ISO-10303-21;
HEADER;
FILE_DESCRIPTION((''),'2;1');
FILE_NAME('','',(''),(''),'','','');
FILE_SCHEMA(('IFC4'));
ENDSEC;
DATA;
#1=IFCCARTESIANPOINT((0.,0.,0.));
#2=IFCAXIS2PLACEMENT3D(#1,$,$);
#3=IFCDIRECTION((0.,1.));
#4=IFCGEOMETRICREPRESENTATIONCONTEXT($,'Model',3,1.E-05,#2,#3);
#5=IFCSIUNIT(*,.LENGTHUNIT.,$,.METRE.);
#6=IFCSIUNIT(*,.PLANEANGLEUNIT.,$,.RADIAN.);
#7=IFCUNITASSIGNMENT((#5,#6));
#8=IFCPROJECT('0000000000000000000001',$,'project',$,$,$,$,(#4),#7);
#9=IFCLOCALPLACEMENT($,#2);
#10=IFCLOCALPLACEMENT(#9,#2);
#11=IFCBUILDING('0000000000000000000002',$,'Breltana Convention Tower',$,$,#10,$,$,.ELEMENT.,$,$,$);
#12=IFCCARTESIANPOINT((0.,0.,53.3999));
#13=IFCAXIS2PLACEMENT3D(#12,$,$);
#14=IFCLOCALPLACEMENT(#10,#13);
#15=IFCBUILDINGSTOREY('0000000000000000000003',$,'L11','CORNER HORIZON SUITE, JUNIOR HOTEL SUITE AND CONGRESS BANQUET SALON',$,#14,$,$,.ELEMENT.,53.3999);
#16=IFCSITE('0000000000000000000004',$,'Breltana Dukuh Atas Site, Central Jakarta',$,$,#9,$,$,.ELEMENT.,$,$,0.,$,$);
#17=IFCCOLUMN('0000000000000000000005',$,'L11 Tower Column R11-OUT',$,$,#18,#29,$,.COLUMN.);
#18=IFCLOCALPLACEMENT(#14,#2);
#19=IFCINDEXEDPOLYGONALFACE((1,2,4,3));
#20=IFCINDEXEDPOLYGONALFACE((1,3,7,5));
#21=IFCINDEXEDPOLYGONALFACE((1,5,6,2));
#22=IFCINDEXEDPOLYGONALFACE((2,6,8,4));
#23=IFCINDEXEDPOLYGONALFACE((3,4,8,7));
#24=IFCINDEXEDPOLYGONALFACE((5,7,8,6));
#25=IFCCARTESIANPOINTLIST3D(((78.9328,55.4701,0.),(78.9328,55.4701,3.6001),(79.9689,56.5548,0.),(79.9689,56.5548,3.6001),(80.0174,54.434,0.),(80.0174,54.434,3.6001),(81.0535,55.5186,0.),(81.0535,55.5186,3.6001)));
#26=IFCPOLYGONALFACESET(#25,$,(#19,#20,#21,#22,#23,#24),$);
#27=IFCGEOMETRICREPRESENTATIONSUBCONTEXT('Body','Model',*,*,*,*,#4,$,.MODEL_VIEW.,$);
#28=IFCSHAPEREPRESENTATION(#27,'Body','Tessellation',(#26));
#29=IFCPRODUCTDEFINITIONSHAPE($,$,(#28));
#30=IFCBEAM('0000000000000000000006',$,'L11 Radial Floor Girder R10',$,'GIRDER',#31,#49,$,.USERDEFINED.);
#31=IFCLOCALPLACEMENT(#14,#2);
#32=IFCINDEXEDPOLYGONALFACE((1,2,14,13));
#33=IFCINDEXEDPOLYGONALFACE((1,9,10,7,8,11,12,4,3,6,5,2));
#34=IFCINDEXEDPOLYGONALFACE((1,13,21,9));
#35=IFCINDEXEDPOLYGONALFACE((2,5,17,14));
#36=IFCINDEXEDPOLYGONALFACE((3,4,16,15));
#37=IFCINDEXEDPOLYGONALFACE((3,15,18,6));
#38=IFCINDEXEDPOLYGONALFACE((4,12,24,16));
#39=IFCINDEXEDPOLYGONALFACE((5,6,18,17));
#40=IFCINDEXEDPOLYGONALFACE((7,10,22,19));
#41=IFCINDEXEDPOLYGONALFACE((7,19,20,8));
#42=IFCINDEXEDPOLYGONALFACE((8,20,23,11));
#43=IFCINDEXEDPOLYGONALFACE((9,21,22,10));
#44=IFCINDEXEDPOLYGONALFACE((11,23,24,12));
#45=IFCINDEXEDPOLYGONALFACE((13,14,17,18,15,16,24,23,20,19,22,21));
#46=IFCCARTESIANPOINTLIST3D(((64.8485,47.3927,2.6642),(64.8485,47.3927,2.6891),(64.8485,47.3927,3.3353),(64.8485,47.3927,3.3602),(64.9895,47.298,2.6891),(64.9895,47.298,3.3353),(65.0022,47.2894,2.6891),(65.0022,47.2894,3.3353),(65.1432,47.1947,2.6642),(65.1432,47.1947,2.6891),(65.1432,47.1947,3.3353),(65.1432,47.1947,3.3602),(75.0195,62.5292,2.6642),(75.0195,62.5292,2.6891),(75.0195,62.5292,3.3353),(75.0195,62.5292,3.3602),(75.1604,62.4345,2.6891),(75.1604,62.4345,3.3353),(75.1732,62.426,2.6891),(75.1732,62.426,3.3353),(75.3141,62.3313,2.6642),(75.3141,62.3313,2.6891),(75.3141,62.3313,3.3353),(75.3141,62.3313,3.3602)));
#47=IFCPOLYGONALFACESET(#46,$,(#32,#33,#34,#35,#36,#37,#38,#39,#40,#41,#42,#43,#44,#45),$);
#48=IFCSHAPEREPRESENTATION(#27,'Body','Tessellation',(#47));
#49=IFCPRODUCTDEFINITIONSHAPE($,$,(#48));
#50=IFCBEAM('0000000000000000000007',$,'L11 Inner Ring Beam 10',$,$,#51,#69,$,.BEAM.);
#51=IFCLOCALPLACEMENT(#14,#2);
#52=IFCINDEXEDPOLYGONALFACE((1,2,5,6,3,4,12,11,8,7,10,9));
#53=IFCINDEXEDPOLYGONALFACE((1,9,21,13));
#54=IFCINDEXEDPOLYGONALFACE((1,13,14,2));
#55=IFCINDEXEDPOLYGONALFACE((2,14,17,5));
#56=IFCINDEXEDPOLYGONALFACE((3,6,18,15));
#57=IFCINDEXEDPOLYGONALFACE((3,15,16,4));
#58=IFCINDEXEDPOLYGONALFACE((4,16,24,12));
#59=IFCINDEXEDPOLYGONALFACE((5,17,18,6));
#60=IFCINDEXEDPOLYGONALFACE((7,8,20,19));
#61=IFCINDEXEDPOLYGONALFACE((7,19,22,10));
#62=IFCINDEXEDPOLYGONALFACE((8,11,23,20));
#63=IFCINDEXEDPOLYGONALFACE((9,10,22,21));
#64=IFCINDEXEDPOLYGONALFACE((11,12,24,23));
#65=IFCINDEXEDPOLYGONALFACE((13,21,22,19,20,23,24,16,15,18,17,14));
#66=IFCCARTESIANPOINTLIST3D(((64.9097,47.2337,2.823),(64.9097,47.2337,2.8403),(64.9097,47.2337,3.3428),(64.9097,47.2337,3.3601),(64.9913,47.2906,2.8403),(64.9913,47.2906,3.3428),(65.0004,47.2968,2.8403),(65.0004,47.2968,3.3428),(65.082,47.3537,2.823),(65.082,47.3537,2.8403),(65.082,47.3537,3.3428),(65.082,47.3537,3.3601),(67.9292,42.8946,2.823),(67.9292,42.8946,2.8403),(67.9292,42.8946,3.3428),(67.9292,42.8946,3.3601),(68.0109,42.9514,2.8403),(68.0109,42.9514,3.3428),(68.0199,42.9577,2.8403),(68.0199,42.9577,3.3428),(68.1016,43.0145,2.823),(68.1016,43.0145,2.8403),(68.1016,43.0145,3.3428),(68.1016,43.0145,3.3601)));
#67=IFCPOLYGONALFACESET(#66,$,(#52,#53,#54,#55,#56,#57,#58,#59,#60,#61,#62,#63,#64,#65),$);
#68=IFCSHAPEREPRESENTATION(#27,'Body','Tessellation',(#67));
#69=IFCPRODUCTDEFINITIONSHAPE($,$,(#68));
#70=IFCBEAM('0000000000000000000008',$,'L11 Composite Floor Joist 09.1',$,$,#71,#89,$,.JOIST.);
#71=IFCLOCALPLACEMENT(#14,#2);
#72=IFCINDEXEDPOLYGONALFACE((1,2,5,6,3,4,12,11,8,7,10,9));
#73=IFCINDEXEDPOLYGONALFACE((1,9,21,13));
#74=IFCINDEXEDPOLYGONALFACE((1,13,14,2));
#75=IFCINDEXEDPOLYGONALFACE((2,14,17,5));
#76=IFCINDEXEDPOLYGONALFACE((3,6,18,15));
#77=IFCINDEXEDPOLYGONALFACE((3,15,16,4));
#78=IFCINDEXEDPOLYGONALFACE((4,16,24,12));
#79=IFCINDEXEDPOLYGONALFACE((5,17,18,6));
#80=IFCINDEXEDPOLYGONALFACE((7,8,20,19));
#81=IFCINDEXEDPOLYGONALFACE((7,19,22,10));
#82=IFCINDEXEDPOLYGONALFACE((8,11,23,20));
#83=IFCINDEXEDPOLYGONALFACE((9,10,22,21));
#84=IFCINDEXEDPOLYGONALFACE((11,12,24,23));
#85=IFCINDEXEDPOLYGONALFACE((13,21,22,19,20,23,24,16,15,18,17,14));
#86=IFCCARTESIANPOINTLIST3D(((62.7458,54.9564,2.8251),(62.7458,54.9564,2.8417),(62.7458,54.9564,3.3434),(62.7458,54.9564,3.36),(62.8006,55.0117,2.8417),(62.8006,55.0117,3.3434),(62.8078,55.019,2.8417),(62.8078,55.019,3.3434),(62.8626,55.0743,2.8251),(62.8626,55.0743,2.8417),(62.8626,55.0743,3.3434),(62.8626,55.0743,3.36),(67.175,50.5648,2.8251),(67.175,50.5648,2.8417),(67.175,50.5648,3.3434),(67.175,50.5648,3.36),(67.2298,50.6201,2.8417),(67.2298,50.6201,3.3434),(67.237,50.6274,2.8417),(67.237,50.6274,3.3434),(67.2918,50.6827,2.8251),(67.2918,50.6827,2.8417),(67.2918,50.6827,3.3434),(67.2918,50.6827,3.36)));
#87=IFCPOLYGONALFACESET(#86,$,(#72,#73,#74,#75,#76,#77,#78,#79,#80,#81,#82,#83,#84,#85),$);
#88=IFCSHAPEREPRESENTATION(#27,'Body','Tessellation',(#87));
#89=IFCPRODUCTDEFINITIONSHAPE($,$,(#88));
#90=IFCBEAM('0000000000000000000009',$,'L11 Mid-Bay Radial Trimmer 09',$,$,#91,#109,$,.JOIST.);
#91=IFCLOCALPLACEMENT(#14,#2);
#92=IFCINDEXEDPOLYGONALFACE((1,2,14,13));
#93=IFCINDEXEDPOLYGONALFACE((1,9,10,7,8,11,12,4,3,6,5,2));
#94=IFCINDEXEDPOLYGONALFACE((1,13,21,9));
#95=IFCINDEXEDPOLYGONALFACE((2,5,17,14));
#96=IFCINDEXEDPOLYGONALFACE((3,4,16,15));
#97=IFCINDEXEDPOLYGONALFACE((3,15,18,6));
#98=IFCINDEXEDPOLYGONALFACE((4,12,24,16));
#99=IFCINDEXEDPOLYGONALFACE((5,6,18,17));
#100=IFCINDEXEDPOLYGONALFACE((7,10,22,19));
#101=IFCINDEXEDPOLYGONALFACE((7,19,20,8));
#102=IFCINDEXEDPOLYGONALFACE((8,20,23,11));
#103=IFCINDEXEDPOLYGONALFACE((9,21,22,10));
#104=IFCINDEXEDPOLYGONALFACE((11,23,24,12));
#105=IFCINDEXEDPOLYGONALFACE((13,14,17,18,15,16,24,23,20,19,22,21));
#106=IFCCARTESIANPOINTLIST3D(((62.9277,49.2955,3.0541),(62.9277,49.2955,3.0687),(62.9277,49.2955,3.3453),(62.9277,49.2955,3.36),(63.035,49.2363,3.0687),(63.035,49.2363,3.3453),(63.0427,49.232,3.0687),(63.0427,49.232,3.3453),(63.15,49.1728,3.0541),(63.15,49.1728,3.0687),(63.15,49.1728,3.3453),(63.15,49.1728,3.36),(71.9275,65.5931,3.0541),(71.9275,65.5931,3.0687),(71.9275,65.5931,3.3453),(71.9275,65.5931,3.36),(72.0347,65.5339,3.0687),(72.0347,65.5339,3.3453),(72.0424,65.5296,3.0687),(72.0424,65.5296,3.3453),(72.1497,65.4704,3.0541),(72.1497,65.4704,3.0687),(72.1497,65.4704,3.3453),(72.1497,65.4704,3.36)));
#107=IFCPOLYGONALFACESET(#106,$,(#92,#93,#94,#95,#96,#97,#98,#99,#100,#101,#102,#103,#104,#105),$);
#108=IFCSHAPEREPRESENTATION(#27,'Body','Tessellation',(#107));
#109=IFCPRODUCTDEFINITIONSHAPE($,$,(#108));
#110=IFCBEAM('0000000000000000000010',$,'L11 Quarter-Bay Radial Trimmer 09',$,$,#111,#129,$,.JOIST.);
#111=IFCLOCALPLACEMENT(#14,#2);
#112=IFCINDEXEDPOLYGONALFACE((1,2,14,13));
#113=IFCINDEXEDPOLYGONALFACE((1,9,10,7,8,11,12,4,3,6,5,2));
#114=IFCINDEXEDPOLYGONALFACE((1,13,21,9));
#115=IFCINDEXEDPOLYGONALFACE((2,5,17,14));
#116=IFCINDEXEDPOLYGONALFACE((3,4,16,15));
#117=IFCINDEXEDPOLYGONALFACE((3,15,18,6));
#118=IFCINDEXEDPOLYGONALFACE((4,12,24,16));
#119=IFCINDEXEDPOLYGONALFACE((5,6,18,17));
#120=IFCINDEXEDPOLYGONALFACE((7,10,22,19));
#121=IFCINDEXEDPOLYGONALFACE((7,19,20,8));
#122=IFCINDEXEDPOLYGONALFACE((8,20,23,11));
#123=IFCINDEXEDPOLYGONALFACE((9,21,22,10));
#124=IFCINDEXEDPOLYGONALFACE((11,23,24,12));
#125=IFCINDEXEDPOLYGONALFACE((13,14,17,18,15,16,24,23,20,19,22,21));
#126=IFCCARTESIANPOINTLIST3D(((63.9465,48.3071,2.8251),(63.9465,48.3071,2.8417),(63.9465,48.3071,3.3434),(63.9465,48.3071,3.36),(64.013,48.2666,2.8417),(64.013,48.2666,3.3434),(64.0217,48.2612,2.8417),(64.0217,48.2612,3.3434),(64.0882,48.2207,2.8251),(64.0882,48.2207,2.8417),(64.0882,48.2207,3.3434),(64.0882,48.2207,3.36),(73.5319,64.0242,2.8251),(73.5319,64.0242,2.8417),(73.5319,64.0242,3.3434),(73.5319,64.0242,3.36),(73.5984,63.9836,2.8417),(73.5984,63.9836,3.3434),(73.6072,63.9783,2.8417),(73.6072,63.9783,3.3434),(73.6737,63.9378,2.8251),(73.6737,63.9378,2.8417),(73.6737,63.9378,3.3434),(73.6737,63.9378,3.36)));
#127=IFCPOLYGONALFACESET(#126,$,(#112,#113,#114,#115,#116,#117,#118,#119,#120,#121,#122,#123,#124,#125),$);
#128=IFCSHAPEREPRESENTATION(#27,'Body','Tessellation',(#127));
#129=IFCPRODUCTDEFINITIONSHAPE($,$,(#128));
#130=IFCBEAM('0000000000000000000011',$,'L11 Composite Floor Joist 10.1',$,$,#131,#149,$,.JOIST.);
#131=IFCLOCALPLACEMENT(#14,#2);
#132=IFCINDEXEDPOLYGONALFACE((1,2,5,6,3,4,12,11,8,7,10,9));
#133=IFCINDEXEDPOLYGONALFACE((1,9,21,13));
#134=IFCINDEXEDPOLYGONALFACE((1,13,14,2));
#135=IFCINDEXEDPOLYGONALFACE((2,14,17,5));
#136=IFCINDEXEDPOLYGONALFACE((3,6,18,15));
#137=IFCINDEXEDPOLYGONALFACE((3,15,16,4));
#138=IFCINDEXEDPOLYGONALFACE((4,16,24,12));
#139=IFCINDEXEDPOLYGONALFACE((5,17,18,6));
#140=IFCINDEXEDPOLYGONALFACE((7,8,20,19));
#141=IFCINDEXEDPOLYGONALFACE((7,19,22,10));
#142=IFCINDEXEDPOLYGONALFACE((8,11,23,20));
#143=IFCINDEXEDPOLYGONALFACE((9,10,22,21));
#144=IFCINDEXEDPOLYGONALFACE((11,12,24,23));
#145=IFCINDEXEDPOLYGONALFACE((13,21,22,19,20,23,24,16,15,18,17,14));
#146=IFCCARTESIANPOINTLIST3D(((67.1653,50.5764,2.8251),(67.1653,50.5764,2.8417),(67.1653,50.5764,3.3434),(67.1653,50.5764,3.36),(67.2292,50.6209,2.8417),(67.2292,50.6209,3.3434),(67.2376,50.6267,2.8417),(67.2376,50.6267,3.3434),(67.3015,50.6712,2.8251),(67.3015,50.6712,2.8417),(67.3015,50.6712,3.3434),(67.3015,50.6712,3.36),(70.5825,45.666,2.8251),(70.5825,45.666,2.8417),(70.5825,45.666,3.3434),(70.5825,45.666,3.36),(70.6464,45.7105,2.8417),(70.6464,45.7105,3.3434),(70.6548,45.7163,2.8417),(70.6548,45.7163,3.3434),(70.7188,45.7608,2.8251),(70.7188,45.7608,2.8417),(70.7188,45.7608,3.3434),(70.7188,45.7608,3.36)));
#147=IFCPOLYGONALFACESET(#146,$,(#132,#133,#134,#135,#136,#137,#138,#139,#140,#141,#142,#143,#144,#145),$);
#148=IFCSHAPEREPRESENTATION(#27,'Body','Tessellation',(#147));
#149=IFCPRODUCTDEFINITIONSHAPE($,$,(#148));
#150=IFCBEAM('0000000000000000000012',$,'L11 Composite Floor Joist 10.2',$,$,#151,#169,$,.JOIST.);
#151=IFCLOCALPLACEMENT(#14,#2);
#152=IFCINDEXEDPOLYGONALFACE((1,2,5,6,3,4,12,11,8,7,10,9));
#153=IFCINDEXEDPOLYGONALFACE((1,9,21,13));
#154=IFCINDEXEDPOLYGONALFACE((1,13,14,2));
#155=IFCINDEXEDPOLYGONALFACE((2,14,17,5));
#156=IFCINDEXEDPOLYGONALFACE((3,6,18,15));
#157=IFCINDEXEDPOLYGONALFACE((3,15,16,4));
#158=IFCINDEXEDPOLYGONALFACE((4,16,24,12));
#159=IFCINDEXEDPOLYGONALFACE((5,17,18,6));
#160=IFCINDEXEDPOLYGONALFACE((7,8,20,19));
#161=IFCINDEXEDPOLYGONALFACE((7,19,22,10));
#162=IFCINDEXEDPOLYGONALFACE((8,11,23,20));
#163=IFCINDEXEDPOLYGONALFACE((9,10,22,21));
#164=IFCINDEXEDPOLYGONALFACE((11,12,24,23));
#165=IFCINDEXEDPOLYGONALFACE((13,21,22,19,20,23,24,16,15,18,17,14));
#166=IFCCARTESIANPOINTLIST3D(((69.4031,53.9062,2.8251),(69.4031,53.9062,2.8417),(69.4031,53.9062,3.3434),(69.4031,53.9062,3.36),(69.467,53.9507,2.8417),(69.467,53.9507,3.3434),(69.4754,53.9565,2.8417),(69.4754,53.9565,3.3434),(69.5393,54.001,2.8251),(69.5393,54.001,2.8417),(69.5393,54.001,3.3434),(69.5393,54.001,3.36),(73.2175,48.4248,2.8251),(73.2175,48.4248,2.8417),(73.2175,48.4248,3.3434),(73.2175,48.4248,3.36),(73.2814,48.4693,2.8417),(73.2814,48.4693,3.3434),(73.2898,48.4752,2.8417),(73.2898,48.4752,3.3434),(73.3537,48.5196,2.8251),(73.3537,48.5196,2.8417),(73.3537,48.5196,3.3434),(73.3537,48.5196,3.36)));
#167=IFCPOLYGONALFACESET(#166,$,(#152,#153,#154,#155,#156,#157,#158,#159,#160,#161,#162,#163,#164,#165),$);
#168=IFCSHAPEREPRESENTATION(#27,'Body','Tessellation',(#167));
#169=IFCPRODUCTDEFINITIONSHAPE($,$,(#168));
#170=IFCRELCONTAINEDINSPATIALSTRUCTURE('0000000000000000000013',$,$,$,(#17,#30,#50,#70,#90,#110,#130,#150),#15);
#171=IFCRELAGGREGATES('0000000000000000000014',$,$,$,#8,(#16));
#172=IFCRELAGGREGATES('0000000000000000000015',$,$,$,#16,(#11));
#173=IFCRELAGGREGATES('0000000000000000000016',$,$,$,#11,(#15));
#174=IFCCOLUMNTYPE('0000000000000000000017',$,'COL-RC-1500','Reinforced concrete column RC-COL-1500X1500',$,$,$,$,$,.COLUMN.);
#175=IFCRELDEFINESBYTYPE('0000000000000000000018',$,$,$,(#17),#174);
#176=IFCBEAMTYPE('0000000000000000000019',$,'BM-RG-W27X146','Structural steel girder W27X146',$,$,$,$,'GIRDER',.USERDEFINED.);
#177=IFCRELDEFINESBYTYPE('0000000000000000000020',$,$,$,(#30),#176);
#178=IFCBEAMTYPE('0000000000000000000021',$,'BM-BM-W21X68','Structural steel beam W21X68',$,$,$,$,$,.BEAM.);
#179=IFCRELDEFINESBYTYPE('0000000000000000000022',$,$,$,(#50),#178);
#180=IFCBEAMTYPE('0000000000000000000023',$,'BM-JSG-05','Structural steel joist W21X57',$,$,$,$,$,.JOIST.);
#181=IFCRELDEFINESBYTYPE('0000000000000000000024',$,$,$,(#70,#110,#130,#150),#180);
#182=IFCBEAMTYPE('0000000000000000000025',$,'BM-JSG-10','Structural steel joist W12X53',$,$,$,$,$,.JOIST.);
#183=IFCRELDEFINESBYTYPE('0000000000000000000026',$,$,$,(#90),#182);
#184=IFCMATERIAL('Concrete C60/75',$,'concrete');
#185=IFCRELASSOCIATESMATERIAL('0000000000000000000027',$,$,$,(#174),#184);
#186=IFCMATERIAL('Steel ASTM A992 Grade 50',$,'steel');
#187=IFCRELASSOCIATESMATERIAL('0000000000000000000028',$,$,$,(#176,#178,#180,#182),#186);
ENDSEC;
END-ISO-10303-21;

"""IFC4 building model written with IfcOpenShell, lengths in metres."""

from ifc_helpers import new_model, si_unit, direction, frame, origin, origin_2d, place, context, subcontext, project, spatial, rectangle, i_section, extrude, source, transform, mapped, material, material_profile, profile_set, type_object, element, save


model = new_model("IFC4")

# Units and contexts
model_context = context("Model", 3, precision=1e-05, world=origin(), true_north=direction((0.0, 1.0)))
body_context = subcontext(model_context, "Body", "Model", "MODEL_VIEW")
ifc_project = project(units=[si_unit("LENGTHUNIT", "METRE"), si_unit("PLANEANGLEUNIT", "RADIAN")], contexts=[model_context])

# Site, building, storey
site_placement = place(None, origin())
site = spatial("IfcSite", under=ifc_project, at=site_placement, Name="Breltana Dukuh Atas Site, Central Jakarta", CompositionType="ELEMENT", RefElevation=0.0)
building_placement = place(site_placement, origin())
building = spatial("IfcBuilding", under=site, at=building_placement, Name="Breltana Convention Tower", CompositionType="ELEMENT")
storey_placement = place(building_placement, frame((0.0, 0.0, 53.3999)))
storey = spatial("IfcBuildingStorey", under=building, at=storey_placement, Name="L11", Description="CORNER HORIZON SUITE, JUNIOR HOTEL SUITE AND CONGRESS BANQUET SALON", CompositionType="ELEMENT", Elevation=53.3999)

# Column
ifc_material_1 = material(Name="Concrete C60/75", Category="concrete")
ifc_material_profile_1 = material_profile(ifc_material_1, rectangle(XDim=1.5, YDim=1.5, at=origin_2d()), Name="RC-COL-1500X1500")
ifc_profile_set_1 = profile_set([ifc_material_profile_1], Name="Concrete C60/75")
column_type_1 = type_object("IfcColumnType", Name="COL-RC-1500", Description="Reinforced concrete column RC-COL-1500X1500", PredefinedType="COLUMN", material=ifc_profile_set_1)
shared_shape_1 = source(origin(), body_context, "Body", "SweptSolid", [
    extrude(rectangle(XDim=1.5, YDim=1.5, at=origin_2d()), origin(), (0.0, 0.0, 1.0), 3.6001),
])
column_1_placement = place(storey_placement, frame((79.9932, 55.4944, 0.0), z_axis=(0.0, 0.0, 1.0), x_axis=(0.690756, 0.723088, 0.0)))
element("IfcColumn", 1, at=column_1_placement, inside=storey, type_object=column_type_1, Name="L11 Tower Column R11-OUT", PredefinedType="COLUMN", context=body_context, shape_type="MappedRepresentation", body=[
    mapped(shared_shape_1, transform((0.0, 0.0, 0.0), scale=1.0)),
])

# Beams
ifc_material_2 = material(Name="Steel ASTM A992 Grade 50", Category="steel")
ifc_material_profile_2 = material_profile(ifc_material_2, i_section(OverallWidth=0.355, OverallDepth=0.696, WebThickness=0.0154, FlangeThickness=0.0249, at=origin_2d()), Name="W27X146")
ifc_profile_set_2 = profile_set([ifc_material_profile_2], Name="Steel ASTM A992 Grade 50")
beam_type_1 = type_object("IfcBeamType", Name="BM-RG-W27X146", Description="Structural steel girder W27X146", ElementType="GIRDER", PredefinedType="USERDEFINED", material=ifc_profile_set_2)
shared_shape_2 = source(origin(), body_context, "Body", "SweptSolid", [
    extrude(i_section(OverallWidth=0.355, OverallDepth=0.696, WebThickness=0.0154, FlangeThickness=0.0249, at=origin_2d()), origin(), (0.0, 0.0, 1.0), 18.2363),
])
beam_1_placement = place(storey_placement, frame((64.9958, 47.2937, 3.0122), z_axis=(0.55773, 0.830022, 0.0), x_axis=(-0.830022, 0.55773, 0.0)))
element("IfcBeam", 2, at=beam_1_placement, inside=storey, type_object=beam_type_1, Name="L11 Radial Floor Girder R10", ObjectType="GIRDER", PredefinedType="USERDEFINED", context=body_context, shape_type="MappedRepresentation", body=[
    mapped(shared_shape_2, transform((0.0, 0.0, 0.0), scale=1.0)),
])
ifc_material_profile_3 = material_profile(ifc_material_2, i_section(OverallWidth=0.21, OverallDepth=0.5371, WebThickness=0.011, FlangeThickness=0.0173, at=origin_2d()), Name="W21X68")
ifc_profile_set_3 = profile_set([ifc_material_profile_3], Name="Steel ASTM A992 Grade 50")
beam_type_2 = type_object("IfcBeamType", Name="BM-BM-W21X68", Description="Structural steel beam W21X68", PredefinedType="BEAM", material=ifc_profile_set_3)
shared_shape_3 = source(origin(), body_context, "Body", "SweptSolid", [
    extrude(i_section(OverallWidth=0.21, OverallDepth=0.5371, WebThickness=0.011, FlangeThickness=0.0173, at=origin_2d()), origin(), (0.0, 0.0, 1.0), 5.2864),
])
beam_2_placement = place(storey_placement, frame((64.9958, 47.2937, 3.0916), z_axis=(0.571194, -0.820815, 0.0), x_axis=(0.820815, 0.571194, 0.0)))
element("IfcBeam", 3, at=beam_2_placement, inside=storey, type_object=beam_type_2, Name="L11 Inner Ring Beam 10", PredefinedType="BEAM", context=body_context, shape_type="MappedRepresentation", body=[
    mapped(shared_shape_3, transform((0.0, 0.0, 0.0), scale=1.0)),
])
ifc_material_profile_4 = material_profile(ifc_material_2, i_section(OverallWidth=0.166, OverallDepth=0.5349, WebThickness=0.0103, FlangeThickness=0.0166, at=origin_2d()), Name="W21X57")
ifc_profile_set_4 = profile_set([ifc_material_profile_4], Name="Steel ASTM A992 Grade 50")
beam_type_3 = type_object("IfcBeamType", Name="BM-JSG-05", Description="Structural steel joist W21X57", PredefinedType="JOIST", material=ifc_profile_set_4)
shared_shape_4 = source(origin(), body_context, "Body", "SweptSolid", [
    extrude(i_section(OverallWidth=0.166, OverallDepth=0.5349, WebThickness=0.0103, FlangeThickness=0.0166, at=origin_2d()), origin(), (0.0, 0.0, 1.0), 6.2373),
])
beam_3_placement = place(storey_placement, frame((62.8042, 55.0154, 3.0925), z_axis=(0.710114, -0.704086, 0.0), x_axis=(0.704086, 0.710114, 0.0)))
element("IfcBeam", 4, at=beam_3_placement, inside=storey, type_object=beam_type_3, Name="L11 Composite Floor Joist 09.1", PredefinedType="JOIST", context=body_context, shape_type="MappedRepresentation", body=[
    mapped(shared_shape_4, transform((0.0, 0.0, 0.0), scale=1.0)),
])
ifc_material_profile_5 = material_profile(ifc_material_2, i_section(OverallWidth=0.2539, OverallDepth=0.3059, WebThickness=0.0088, FlangeThickness=0.0146, at=origin_2d()), Name="W12X53")
ifc_profile_set_5 = profile_set([ifc_material_profile_5], Name="Steel ASTM A992 Grade 50")
beam_type_4 = type_object("IfcBeamType", Name="BM-JSG-10", Description="Structural steel joist W12X53", PredefinedType="JOIST", material=ifc_profile_set_5)
shared_shape_5 = source(origin(), body_context, "Body", "SweptSolid", [
    extrude(i_section(OverallWidth=0.2539, OverallDepth=0.3059, WebThickness=0.0088, FlangeThickness=0.0146, at=origin_2d()), origin(), (0.0, 0.0, 1.0), 18.6174),
])
beam_4_placement = place(storey_placement, frame((63.0388, 49.2341, 3.207), z_axis=(0.483406, 0.875396, 0.0), x_axis=(-0.875396, 0.483406, 0.0)))
element("IfcBeam", 5, at=beam_4_placement, inside=storey, type_object=beam_type_4, Name="L11 Mid-Bay Radial Trimmer 09", PredefinedType="JOIST", context=body_context, shape_type="MappedRepresentation", body=[
    mapped(shared_shape_5, transform((0.0, 0.0, 0.0), scale=1.0)),
])
shared_shape_6 = source(origin(), body_context, "Body", "SweptSolid", [
    extrude(i_section(OverallWidth=0.166, OverallDepth=0.5349, WebThickness=0.0103, FlangeThickness=0.0166, at=origin_2d()), origin(), (0.0, 0.0, 1.0), 18.4094),
])
beam_5_placement = place(storey_placement, frame((64.0173, 48.2639, 3.0925), z_axis=(0.520682, 0.853751, 0.0), x_axis=(-0.853751, 0.520682, 0.0)))
element("IfcBeam", 6, at=beam_5_placement, inside=storey, type_object=beam_type_3, Name="L11 Quarter-Bay Radial Trimmer 09", PredefinedType="JOIST", context=body_context, shape_type="MappedRepresentation", body=[
    mapped(shared_shape_6, transform((0.0, 0.0, 0.0), scale=1.0)),
])
shared_shape_7 = source(origin(), body_context, "Body", "SweptSolid", [
    extrude(i_section(OverallWidth=0.166, OverallDepth=0.5349, WebThickness=0.0103, FlangeThickness=0.0166, at=origin_2d()), origin(), (0.0, 0.0, 1.0), 5.9824),
])
beam_6_placement = place(storey_placement, frame((67.2334, 50.6238, 3.0925), z_axis=(0.571212, -0.820803, 0.0), x_axis=(0.820803, 0.571212, 0.0)))
element("IfcBeam", 7, at=beam_6_placement, inside=storey, type_object=beam_type_3, Name="L11 Composite Floor Joist 10.1", PredefinedType="JOIST", context=body_context, shape_type="MappedRepresentation", body=[
    mapped(shared_shape_7, transform((0.0, 0.0, 0.0), scale=1.0)),
])
shared_shape_8 = source(origin(), body_context, "Body", "SweptSolid", [
    extrude(i_section(OverallWidth=0.166, OverallDepth=0.5349, WebThickness=0.0103, FlangeThickness=0.0166, at=origin_2d()), origin(), (0.0, 0.0, 1.0), 6.678),
])
beam_7_placement = place(storey_placement, frame((69.4712, 53.9536, 3.0925), z_axis=(0.571193, -0.820816, 0.0), x_axis=(0.820816, 0.571193, 0.0)))
element("IfcBeam", 8, at=beam_7_placement, inside=storey, type_object=beam_type_3, Name="L11 Composite Floor Joist 10.2", PredefinedType="JOIST", context=body_context, shape_type="MappedRepresentation", body=[
    mapped(shared_shape_8, transform((0.0, 0.0, 0.0), scale=1.0)),
])

save(model, "model.ifc")
